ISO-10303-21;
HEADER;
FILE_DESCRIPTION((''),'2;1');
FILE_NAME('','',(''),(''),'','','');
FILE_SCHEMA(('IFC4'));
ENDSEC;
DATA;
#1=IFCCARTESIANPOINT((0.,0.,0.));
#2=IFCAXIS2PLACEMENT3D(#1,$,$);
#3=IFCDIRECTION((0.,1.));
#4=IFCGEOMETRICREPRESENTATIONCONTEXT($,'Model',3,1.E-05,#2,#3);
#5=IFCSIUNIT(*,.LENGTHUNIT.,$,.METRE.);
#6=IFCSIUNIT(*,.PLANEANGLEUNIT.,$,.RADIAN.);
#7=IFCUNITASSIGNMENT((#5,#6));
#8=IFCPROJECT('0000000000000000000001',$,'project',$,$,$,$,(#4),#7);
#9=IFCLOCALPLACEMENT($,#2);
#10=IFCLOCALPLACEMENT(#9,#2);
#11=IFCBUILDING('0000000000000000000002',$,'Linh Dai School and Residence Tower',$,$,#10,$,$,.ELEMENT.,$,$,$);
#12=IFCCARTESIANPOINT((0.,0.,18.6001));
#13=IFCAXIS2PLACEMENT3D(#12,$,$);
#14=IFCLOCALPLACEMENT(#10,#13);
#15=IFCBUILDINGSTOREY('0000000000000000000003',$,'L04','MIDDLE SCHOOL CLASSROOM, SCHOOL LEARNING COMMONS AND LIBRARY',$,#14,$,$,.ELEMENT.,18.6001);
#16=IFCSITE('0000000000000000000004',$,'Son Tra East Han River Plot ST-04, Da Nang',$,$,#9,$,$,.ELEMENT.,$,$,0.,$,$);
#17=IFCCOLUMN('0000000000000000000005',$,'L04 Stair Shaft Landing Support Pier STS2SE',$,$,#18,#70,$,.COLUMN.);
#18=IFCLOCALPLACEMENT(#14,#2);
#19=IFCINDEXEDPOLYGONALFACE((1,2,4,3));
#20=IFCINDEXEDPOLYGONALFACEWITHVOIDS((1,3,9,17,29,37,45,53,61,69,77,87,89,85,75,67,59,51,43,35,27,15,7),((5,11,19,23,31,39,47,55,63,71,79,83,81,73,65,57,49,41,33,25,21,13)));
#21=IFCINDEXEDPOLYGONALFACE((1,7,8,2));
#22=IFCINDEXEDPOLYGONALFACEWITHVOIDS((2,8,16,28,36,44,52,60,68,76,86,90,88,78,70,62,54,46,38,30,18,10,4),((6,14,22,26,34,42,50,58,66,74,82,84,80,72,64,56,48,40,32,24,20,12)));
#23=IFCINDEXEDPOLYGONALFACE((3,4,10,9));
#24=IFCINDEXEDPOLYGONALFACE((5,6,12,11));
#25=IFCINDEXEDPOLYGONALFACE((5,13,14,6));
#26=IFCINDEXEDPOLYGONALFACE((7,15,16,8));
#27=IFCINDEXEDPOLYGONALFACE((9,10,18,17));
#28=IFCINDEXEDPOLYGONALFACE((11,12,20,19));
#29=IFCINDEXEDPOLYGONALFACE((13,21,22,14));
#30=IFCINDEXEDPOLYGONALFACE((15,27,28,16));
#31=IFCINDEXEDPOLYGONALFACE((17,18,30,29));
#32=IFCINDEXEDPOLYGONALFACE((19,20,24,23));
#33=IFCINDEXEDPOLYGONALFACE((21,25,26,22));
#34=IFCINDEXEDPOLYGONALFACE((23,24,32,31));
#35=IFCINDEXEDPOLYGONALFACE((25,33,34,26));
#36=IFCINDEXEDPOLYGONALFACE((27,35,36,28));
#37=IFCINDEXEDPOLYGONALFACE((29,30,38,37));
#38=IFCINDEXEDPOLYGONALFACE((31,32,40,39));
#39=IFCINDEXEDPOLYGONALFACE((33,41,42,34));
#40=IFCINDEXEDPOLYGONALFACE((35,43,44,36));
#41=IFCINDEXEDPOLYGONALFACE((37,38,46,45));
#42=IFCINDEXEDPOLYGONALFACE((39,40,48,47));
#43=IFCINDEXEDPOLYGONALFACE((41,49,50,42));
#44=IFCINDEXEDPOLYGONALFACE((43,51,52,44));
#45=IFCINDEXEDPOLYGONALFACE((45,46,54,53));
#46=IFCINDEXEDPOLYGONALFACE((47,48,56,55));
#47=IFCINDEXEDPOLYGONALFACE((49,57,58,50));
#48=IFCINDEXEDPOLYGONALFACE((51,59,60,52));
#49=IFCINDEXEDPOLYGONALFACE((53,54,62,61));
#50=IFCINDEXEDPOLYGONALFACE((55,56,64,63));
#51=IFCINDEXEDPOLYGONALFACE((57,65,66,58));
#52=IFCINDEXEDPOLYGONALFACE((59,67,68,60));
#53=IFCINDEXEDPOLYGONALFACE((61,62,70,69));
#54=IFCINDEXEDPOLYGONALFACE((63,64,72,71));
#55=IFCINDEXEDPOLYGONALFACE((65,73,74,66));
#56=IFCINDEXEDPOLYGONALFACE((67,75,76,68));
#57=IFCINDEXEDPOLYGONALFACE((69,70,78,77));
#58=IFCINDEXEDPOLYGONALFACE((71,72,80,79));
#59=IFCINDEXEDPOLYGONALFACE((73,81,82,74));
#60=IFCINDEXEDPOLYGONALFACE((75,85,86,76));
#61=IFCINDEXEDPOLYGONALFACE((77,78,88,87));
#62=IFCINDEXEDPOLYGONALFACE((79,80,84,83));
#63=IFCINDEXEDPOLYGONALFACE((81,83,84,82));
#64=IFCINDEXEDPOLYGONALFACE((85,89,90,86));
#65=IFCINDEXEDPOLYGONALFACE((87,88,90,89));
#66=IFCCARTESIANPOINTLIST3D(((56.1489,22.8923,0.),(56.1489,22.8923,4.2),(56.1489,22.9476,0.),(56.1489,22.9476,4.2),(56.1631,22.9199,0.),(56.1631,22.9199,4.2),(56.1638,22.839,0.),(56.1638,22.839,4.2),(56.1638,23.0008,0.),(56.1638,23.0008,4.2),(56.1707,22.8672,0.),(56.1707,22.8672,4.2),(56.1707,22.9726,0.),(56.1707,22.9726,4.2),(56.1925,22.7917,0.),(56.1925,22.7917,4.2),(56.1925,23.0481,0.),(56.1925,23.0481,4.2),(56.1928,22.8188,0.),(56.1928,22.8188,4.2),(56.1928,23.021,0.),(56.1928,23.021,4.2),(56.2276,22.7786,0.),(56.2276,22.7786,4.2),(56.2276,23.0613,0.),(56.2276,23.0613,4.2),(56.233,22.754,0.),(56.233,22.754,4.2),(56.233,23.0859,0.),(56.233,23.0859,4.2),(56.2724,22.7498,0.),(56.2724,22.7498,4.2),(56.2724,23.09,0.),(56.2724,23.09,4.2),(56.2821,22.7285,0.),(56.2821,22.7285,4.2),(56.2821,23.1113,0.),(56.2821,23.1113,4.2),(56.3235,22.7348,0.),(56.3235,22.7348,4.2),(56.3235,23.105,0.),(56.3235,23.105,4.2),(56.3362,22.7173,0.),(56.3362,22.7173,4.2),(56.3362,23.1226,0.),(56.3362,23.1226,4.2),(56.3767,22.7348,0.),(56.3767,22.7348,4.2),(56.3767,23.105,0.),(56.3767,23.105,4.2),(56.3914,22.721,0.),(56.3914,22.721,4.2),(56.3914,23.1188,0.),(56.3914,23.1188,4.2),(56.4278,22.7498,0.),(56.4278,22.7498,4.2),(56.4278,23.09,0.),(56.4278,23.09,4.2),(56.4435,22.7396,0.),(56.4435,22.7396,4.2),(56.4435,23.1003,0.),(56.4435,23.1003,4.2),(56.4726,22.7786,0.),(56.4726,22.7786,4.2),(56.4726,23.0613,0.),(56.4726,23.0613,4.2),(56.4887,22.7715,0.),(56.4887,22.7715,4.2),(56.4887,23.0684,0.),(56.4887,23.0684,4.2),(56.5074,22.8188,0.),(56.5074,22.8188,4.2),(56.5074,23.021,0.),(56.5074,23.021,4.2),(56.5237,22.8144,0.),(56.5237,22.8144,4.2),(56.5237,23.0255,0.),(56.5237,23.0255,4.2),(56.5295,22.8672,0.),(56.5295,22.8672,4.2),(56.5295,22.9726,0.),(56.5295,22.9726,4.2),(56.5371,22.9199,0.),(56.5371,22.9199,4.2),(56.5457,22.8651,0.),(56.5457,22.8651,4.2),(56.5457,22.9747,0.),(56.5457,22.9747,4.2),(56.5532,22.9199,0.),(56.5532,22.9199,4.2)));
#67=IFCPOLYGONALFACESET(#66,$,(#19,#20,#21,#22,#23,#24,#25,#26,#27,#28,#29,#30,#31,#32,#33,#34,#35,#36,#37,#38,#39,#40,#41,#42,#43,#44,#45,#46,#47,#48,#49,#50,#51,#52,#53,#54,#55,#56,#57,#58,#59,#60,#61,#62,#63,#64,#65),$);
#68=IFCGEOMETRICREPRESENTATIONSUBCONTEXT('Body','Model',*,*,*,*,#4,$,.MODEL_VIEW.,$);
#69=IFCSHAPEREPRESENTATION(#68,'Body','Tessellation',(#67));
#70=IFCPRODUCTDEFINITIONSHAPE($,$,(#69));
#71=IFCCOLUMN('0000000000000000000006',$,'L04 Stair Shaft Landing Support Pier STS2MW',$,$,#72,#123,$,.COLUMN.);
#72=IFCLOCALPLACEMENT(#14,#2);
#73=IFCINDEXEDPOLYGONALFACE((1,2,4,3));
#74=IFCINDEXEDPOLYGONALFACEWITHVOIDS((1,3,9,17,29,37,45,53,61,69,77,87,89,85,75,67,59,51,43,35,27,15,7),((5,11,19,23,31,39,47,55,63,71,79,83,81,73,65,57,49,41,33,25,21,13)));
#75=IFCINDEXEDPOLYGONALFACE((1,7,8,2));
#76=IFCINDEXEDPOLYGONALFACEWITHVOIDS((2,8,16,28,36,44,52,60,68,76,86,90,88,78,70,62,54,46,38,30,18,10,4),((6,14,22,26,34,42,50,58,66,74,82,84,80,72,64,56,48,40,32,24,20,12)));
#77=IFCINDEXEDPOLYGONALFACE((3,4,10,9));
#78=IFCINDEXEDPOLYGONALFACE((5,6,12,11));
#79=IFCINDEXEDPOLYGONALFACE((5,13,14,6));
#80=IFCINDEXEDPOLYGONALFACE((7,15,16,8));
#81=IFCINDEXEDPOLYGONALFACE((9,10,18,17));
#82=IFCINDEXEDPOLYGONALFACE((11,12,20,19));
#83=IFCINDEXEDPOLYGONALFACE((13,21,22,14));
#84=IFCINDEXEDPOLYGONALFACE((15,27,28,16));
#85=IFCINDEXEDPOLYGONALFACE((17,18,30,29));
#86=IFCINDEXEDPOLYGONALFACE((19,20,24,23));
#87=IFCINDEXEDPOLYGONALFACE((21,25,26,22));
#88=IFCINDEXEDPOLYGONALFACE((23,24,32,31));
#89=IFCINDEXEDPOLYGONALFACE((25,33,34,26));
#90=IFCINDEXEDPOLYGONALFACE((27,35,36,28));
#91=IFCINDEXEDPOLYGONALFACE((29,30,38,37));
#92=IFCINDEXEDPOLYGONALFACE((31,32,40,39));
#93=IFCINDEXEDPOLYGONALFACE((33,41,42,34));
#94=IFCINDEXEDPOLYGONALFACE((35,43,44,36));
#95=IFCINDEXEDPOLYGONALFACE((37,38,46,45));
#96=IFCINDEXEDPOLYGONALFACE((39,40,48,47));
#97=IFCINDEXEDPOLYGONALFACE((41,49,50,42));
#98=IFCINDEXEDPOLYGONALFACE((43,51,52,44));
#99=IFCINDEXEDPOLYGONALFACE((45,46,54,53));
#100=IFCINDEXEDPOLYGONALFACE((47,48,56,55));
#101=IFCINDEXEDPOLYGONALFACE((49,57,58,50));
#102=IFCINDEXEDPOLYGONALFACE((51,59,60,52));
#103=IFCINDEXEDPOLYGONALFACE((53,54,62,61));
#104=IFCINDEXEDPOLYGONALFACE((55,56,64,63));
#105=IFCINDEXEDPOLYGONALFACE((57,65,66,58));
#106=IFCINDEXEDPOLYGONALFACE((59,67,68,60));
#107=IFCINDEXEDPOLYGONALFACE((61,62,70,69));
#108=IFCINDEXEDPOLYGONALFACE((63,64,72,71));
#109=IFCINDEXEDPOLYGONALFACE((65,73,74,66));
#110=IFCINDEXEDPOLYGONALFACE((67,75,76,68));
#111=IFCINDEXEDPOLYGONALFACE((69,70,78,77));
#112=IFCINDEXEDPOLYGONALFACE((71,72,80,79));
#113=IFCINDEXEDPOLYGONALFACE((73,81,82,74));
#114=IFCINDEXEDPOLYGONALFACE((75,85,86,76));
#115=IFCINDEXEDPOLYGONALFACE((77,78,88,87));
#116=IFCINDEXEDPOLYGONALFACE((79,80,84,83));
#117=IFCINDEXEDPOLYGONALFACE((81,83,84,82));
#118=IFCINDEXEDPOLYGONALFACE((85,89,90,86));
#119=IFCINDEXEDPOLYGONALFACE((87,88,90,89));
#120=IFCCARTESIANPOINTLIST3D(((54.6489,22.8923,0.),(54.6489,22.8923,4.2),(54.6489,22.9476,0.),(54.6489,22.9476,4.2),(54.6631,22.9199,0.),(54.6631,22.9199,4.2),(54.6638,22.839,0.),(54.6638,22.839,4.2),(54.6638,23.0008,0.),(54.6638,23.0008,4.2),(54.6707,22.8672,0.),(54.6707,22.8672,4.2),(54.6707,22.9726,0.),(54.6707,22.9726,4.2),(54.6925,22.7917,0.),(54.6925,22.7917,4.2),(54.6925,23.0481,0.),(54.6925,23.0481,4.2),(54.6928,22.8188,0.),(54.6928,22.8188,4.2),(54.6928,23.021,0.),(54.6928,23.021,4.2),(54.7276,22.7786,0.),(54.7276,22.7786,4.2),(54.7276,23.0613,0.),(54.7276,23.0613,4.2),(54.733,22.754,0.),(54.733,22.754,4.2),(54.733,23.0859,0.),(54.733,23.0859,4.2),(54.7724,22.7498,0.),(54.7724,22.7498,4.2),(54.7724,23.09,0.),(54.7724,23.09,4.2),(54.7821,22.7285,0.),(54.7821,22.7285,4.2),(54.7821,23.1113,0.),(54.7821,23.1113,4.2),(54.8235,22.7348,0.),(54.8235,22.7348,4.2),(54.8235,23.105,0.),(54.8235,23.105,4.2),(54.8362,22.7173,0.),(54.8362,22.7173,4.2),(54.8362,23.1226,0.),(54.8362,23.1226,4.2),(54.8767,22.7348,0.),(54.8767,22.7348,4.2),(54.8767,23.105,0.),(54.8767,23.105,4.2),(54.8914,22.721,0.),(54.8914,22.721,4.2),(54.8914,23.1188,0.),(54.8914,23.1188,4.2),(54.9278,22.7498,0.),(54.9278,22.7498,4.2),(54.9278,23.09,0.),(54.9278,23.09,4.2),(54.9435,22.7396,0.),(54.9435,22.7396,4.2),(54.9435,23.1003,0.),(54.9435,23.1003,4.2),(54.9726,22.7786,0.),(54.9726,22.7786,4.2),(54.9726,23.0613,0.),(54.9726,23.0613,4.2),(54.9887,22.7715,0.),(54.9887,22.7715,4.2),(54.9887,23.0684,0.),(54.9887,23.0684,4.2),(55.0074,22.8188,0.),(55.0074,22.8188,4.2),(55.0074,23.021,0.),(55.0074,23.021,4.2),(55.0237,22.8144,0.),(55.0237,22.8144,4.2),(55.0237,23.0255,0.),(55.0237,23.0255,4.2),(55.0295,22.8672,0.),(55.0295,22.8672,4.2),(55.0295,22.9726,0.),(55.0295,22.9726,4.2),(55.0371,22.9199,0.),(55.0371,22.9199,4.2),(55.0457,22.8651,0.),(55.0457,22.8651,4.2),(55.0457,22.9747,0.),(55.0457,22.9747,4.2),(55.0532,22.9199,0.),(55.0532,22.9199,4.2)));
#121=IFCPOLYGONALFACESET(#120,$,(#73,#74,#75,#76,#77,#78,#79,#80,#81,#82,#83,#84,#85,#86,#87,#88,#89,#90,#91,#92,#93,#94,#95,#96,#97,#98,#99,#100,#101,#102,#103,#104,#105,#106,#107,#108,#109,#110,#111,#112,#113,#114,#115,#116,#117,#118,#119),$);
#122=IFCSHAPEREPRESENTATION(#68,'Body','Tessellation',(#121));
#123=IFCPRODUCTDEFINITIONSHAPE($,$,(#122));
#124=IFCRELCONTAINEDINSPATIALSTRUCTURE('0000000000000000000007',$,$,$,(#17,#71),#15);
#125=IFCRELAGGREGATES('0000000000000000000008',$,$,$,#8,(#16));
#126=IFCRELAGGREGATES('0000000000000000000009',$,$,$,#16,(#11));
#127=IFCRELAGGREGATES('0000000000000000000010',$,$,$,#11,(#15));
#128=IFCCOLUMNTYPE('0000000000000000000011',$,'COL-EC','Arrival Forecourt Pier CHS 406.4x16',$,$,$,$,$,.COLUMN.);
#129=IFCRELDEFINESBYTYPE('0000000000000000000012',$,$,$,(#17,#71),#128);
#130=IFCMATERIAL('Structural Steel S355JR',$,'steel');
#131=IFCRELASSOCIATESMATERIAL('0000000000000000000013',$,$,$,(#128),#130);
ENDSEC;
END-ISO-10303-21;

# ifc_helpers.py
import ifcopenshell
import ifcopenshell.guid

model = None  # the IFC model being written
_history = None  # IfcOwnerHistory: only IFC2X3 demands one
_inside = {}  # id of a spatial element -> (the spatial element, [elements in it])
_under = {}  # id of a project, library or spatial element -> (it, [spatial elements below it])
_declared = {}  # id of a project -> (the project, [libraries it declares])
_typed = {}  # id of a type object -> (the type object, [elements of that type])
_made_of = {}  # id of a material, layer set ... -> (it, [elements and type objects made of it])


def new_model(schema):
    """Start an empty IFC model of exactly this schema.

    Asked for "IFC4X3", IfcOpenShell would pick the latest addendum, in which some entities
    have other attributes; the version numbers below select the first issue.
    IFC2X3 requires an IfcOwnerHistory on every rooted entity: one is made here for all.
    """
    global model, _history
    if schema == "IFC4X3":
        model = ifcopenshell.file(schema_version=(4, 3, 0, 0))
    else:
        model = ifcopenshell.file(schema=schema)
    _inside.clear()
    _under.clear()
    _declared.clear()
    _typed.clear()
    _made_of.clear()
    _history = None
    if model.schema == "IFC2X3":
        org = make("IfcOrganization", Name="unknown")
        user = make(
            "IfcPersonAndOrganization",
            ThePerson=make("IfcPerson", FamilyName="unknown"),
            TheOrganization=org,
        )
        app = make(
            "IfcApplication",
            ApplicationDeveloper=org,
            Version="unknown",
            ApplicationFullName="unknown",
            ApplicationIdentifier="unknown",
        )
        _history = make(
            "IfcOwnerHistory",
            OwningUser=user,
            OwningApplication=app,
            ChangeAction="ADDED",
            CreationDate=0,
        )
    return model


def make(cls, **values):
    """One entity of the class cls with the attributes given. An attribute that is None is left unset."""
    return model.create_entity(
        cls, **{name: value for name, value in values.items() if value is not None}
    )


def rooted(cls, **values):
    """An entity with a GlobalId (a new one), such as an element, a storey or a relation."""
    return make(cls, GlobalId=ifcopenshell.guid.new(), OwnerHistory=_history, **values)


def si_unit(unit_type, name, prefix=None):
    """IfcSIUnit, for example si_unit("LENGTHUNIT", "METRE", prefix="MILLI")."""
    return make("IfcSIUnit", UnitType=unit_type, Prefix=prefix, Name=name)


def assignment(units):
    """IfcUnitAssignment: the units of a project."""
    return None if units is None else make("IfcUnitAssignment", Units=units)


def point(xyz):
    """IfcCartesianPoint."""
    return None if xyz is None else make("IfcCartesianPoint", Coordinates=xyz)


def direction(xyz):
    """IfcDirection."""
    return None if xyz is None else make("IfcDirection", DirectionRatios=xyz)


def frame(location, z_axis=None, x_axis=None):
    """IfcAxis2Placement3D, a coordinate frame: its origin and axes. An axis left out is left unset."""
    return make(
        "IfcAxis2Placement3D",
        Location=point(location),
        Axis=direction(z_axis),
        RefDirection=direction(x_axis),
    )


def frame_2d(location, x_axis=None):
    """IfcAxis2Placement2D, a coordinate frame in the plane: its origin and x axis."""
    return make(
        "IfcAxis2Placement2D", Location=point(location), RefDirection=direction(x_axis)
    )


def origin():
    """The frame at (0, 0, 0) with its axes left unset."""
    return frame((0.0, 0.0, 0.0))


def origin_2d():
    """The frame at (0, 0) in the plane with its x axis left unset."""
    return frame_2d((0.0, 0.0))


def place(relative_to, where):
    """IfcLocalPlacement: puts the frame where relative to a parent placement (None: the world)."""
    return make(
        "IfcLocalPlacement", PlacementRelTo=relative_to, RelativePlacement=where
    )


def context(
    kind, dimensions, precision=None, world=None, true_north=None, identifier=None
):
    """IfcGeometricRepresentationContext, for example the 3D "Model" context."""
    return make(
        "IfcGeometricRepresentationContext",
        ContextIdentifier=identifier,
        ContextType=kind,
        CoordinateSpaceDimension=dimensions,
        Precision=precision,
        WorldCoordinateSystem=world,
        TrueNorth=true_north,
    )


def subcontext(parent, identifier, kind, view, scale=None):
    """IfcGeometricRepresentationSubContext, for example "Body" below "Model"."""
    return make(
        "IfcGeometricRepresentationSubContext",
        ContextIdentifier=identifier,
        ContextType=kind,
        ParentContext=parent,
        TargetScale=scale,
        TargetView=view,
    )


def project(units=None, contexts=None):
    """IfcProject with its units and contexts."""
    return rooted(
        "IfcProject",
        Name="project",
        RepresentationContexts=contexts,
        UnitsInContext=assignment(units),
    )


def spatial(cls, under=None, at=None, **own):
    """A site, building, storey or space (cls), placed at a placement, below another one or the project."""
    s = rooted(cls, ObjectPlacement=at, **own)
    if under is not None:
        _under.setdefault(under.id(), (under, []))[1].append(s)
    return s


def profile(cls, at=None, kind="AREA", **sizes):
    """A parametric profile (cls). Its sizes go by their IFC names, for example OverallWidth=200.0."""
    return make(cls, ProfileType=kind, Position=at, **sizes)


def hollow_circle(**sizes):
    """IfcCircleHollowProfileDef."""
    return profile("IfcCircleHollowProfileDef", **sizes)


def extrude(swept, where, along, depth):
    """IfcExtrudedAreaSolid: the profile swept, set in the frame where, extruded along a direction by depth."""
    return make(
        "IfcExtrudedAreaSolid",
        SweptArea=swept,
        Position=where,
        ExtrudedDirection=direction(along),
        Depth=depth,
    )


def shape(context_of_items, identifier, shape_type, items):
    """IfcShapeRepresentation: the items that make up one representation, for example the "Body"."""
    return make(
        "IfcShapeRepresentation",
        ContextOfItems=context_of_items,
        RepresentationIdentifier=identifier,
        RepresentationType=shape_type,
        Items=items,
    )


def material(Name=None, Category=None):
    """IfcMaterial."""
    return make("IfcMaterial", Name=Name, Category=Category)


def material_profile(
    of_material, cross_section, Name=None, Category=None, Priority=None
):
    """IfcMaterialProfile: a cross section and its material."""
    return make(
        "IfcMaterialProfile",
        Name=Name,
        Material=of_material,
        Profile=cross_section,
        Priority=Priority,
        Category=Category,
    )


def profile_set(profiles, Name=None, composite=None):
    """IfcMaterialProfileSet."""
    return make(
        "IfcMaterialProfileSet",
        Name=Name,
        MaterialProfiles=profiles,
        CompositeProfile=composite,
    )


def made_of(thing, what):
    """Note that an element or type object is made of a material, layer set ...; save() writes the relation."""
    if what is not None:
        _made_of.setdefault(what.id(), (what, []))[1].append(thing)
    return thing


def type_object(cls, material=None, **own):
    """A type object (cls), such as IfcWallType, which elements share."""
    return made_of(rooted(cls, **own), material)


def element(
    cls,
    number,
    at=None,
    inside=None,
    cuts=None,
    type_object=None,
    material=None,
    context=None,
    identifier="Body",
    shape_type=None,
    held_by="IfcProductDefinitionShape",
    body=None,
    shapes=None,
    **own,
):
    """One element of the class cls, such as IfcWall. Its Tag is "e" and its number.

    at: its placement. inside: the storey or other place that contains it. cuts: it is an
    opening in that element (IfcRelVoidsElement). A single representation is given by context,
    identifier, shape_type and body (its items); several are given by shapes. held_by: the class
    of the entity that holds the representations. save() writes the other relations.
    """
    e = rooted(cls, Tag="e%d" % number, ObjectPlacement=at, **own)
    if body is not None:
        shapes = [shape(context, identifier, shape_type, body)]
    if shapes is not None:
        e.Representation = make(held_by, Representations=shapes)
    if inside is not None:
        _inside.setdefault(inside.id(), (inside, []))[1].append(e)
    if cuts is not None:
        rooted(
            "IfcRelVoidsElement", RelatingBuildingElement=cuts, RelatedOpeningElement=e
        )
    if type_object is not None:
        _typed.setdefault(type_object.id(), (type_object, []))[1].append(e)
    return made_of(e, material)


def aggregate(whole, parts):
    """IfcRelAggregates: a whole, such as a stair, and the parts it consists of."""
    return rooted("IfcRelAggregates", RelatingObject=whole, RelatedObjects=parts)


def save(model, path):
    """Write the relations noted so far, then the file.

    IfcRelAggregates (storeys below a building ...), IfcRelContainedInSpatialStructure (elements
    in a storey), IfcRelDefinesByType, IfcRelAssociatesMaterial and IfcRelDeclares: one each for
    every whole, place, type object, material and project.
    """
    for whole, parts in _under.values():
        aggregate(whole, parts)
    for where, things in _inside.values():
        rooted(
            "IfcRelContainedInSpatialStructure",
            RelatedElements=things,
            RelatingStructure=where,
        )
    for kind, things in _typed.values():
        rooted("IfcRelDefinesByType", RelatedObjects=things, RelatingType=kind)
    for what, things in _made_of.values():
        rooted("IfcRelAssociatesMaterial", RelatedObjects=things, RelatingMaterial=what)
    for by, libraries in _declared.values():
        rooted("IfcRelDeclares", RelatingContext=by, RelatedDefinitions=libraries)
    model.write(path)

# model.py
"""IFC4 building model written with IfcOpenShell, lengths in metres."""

from ifc_helpers import new_model, si_unit, direction, frame, origin, origin_2d, place, context, subcontext, project, spatial, hollow_circle, extrude, material, material_profile, profile_set, type_object, element, save


model = new_model("IFC4")

# Units and contexts
model_context = context("Model", 3, precision=1e-05, world=origin(), true_north=direction((0.0, 1.0)))
body_context = subcontext(model_context, "Body", "Model", "MODEL_VIEW")
ifc_project = project(units=[si_unit("LENGTHUNIT", "METRE"), si_unit("PLANEANGLEUNIT", "RADIAN")], contexts=[model_context])

# Site, building, storey
site_placement = place(None, origin())
site = spatial("IfcSite", under=ifc_project, at=site_placement, Name="Son Tra East Han River Plot ST-04, Da Nang", CompositionType="ELEMENT", RefElevation=0.0)
building_placement = place(site_placement, origin())
building = spatial("IfcBuilding", under=site, at=building_placement, Name="Linh Dai School and Residence Tower", CompositionType="ELEMENT")
storey_placement = place(building_placement, frame((0.0, 0.0, 18.6001)))
storey = spatial("IfcBuildingStorey", under=building, at=storey_placement, Name="L04", Description="MIDDLE SCHOOL CLASSROOM, SCHOOL LEARNING COMMONS AND LIBRARY", CompositionType="ELEMENT", Elevation=18.6001)

# Columns
ifc_material_1 = material(Name="Structural Steel S355JR", Category="steel")
ifc_material_profile_1 = material_profile(ifc_material_1, hollow_circle(Radius=0.2031, WallThickness=0.0161, at=origin_2d()), Name="CHS 406.4x16")
ifc_profile_set_1 = profile_set([ifc_material_profile_1], Name="Structural Steel S355JR")
column_type_1 = type_object("IfcColumnType", Name="COL-EC", Description="Arrival Forecourt Pier CHS 406.4x16", PredefinedType="COLUMN", material=ifc_profile_set_1)
for number, where, z_axis, x_axis, name in (
    (1, (56.3501, 22.9199, 0.0), (0.0, 0.0, 1.0), (1.0, 0.0, 0.0), "L04 Stair Shaft Landing Support Pier STS2SE"),
    (2, (54.8501, 22.9199, 0.0), (0.0, 0.0, 1.0), (1.0, 0.0, 0.0), "L04 Stair Shaft Landing Support Pier STS2MW"),
):
    element("IfcColumn", number, at=place(storey_placement, frame(where, z_axis=z_axis, x_axis=x_axis)), inside=storey, type_object=column_type_1, Name=name, PredefinedType="COLUMN", context=body_context, shape_type="SweptSolid", body=[
        extrude(hollow_circle(Radius=0.2031, WallThickness=0.0161, at=origin_2d()), origin(), (0.0, 0.0, 1.0), 4.2),
    ])

save(model, "model.ifc")
